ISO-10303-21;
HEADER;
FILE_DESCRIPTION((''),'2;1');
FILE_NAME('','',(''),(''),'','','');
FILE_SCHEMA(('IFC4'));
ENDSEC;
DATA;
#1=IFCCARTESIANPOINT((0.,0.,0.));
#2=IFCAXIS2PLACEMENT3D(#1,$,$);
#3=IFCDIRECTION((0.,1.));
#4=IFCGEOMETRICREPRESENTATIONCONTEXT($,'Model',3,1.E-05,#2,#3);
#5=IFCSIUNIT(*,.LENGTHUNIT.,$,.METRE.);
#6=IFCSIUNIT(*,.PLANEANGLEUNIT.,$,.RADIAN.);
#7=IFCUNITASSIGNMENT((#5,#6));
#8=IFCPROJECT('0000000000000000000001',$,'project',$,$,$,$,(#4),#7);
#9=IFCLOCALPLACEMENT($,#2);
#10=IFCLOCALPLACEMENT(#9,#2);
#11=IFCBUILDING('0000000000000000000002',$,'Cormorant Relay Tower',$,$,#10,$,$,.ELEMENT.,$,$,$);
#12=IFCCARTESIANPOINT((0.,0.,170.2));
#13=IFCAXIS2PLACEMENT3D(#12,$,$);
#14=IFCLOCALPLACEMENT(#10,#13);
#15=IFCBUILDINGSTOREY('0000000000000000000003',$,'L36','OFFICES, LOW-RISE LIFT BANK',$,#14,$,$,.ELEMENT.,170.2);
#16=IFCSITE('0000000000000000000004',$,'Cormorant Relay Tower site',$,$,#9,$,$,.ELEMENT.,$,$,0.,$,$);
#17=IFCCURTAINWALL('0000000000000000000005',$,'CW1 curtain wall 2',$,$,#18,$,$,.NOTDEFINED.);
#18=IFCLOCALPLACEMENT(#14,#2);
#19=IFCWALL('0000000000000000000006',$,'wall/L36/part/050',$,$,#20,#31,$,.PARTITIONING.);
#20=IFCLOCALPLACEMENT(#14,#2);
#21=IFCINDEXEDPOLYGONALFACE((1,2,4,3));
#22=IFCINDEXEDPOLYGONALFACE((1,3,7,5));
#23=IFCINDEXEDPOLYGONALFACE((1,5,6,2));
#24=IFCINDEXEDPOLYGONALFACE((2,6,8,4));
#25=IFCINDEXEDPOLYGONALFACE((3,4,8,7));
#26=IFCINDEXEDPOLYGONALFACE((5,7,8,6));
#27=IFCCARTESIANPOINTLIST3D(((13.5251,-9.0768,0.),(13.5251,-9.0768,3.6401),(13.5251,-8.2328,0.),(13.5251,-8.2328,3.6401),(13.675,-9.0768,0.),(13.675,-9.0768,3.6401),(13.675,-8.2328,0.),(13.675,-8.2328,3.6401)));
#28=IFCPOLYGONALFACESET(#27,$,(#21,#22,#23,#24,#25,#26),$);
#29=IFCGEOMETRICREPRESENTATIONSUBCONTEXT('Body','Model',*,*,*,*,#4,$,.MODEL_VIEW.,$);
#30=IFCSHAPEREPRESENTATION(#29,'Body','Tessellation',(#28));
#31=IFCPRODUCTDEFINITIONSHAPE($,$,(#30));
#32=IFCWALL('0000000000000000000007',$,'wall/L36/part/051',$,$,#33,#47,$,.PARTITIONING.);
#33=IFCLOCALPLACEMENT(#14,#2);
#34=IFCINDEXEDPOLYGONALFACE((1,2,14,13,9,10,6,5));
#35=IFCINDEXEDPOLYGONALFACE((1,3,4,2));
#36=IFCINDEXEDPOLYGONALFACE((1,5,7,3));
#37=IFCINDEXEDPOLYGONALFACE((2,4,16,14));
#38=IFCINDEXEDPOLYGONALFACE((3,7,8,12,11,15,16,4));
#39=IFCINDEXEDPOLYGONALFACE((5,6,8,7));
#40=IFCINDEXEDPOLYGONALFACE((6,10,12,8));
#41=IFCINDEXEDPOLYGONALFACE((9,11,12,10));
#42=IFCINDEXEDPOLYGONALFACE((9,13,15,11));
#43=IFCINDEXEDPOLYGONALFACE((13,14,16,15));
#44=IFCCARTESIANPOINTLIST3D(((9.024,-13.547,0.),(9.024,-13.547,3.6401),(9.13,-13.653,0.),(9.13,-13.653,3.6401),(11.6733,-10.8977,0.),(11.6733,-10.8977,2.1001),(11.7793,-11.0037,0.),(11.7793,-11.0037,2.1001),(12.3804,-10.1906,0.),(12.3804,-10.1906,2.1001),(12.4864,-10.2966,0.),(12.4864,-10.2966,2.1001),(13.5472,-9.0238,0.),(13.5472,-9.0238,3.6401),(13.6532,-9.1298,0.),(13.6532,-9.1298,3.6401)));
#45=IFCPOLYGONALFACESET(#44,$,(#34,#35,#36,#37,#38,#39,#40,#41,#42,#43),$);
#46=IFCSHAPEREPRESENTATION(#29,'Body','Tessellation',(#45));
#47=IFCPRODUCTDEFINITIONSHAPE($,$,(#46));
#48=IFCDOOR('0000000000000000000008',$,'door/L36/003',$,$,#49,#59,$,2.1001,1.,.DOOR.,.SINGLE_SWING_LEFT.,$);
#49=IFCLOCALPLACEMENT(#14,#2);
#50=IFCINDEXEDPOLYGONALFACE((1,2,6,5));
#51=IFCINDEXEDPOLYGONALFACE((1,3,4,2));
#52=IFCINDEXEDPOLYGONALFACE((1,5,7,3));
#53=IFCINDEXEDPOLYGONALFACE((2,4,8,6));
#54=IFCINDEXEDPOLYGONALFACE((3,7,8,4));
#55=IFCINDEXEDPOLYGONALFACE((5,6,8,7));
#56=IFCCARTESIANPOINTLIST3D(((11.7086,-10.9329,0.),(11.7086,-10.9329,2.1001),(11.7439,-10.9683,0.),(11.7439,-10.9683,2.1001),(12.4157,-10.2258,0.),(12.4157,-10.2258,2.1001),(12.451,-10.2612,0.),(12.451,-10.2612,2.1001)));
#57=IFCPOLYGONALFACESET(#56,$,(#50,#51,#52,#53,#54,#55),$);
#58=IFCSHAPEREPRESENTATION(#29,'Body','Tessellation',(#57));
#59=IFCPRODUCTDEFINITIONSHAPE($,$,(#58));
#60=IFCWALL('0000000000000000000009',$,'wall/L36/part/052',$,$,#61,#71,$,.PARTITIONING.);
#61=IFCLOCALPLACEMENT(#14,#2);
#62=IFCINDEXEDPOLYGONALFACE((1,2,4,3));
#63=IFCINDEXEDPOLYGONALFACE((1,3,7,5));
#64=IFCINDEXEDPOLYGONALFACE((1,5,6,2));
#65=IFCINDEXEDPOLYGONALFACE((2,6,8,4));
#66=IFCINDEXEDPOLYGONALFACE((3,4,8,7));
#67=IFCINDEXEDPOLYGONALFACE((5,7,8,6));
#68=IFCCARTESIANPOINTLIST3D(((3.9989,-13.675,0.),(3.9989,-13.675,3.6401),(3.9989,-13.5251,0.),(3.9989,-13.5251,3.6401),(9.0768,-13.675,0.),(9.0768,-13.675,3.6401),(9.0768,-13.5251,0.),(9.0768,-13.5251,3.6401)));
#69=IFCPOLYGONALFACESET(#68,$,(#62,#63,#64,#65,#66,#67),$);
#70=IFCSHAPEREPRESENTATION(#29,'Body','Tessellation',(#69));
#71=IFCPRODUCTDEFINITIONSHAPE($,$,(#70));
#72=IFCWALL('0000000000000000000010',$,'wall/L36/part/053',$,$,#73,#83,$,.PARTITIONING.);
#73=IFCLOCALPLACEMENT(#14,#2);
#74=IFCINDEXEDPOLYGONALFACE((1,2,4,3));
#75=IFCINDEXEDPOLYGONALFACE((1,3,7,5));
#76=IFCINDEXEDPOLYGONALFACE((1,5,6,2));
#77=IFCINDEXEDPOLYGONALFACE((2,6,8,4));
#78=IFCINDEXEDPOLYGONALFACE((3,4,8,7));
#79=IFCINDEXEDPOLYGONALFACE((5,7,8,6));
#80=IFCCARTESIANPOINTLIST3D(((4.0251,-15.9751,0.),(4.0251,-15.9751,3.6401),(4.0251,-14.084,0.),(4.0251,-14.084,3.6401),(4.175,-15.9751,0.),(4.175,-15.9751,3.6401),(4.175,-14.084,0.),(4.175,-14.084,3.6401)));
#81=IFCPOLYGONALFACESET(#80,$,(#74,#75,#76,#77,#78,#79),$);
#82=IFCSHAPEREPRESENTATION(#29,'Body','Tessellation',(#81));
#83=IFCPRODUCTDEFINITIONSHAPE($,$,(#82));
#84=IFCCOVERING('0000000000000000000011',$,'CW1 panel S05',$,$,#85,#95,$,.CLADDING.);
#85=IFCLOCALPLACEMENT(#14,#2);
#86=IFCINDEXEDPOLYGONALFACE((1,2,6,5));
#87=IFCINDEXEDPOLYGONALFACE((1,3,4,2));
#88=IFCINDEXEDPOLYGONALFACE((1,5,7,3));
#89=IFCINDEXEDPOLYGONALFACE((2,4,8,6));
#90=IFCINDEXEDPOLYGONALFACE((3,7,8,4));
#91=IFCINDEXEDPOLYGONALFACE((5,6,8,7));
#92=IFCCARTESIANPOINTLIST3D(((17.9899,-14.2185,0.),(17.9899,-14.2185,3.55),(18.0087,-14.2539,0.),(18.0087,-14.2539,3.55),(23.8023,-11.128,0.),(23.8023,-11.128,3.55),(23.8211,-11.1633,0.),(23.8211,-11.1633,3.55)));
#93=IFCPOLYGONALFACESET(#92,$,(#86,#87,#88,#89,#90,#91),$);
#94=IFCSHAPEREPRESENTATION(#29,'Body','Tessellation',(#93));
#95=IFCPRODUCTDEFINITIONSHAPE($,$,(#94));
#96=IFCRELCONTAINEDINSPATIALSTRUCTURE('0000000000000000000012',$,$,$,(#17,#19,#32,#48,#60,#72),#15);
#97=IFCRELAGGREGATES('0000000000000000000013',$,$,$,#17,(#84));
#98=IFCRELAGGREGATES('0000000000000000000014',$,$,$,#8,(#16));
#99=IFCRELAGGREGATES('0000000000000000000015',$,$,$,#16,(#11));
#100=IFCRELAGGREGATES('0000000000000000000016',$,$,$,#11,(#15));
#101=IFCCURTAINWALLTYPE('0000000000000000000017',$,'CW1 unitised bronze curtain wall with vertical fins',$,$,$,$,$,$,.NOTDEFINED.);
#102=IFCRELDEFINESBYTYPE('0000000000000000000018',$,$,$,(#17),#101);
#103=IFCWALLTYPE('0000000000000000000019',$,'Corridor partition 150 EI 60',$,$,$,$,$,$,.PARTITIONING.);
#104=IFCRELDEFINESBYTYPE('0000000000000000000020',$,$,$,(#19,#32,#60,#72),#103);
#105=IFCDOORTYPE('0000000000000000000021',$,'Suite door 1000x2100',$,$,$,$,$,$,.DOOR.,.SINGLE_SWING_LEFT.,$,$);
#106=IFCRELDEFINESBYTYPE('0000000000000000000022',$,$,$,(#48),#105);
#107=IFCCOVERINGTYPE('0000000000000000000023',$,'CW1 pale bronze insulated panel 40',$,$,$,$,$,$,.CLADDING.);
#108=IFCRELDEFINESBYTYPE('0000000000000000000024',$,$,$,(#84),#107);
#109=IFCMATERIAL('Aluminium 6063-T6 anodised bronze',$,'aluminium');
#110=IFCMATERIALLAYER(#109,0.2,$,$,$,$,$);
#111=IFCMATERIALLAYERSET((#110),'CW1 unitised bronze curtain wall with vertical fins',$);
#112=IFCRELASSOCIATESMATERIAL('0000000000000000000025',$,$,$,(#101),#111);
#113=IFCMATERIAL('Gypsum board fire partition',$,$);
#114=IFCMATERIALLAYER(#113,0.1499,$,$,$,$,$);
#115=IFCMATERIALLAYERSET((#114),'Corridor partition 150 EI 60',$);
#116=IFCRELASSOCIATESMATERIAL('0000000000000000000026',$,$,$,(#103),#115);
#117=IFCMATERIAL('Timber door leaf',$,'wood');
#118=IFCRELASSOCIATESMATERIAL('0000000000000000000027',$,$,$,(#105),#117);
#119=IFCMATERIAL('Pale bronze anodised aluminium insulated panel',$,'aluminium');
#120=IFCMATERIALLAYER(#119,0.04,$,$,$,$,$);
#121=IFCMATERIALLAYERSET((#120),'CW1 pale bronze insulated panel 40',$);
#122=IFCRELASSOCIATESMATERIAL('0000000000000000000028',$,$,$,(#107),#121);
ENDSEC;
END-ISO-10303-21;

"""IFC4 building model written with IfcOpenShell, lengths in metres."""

from ifc_helpers import new_model, si_unit, direction, frame, frame_2d, origin, origin_2d, place, context, subcontext, project, spatial, rectangle, extrude, material, layer, layer_set, type_object, element, fill, aggregate, save


model = new_model("IFC4")

# Units and contexts
model_context = context("Model", 3, precision=1e-05, world=origin(), true_north=direction((0.0, 1.0)))
body_context = subcontext(model_context, "Body", "Model", "MODEL_VIEW")
ifc_project = project(units=[si_unit("LENGTHUNIT", "METRE"), si_unit("PLANEANGLEUNIT", "RADIAN")], contexts=[model_context])

# Site, building, storey
site_placement = place(None, origin())
site = spatial("IfcSite", under=ifc_project, at=site_placement, Name="Cormorant Relay Tower site", CompositionType="ELEMENT", RefElevation=0.0)
building_placement = place(site_placement, origin())
building = spatial("IfcBuilding", under=site, at=building_placement, Name="Cormorant Relay Tower", CompositionType="ELEMENT")
storey_placement = place(building_placement, frame((0.0, 0.0, 170.2)))
storey = spatial("IfcBuildingStorey", under=building, at=storey_placement, Name="L36", Description="OFFICES, LOW-RISE LIFT BANK", CompositionType="ELEMENT", Elevation=170.2)

# Curtain wall
ifc_material_1 = material(Name="Aluminium 6063-T6 anodised bronze", Category="aluminium")
ifc_layer_1 = layer(ifc_material_1, 0.2)
ifc_layer_set_1 = layer_set([ifc_layer_1], Name="CW1 unitised bronze curtain wall with vertical fins")
curtain_wall_type = type_object("IfcCurtainWallType", Name="CW1 unitised bronze curtain wall with vertical fins", PredefinedType="NOTDEFINED", material=ifc_layer_set_1)
curtain_wall_placement = place(storey_placement, origin())
curtain_wall = element("IfcCurtainWall", 1, at=curtain_wall_placement, inside=storey, type_object=curtain_wall_type, Name="CW1 curtain wall 2", PredefinedType="NOTDEFINED")

# Wall
ifc_material_2 = material(Name="Gypsum board fire partition")
ifc_layer_2 = layer(ifc_material_2, 0.1499)
ifc_layer_set_2 = layer_set([ifc_layer_2], Name="Corridor partition 150 EI 60")
wall_type_1 = type_object("IfcWallType", Name="Corridor partition 150 EI 60", PredefinedType="PARTITIONING", material=ifc_layer_set_2)
wall_1_placement = place(storey_placement, frame((13.6001, -8.2329, 0.0), z_axis=(0.0, 0.0, 1.0), x_axis=(0.0, -1.0, 0.0)))
element("IfcWall", 2, at=wall_1_placement, inside=storey, type_object=wall_type_1, Name="wall/L36/part/050", PredefinedType="PARTITIONING", context=body_context, shape_type="SweptSolid", body=[
    extrude(rectangle(XDim=0.844, YDim=0.1499, at=frame_2d((0.4219, 0.0))), origin(), (0.0, 0.0, 1.0), 3.6401),
])

# Wall, opening, door
wall_2_placement = place(storey_placement, frame((13.6001, -9.0769, 0.0), z_axis=(0.0, 0.0, 1.0), x_axis=(-0.707107, -0.707107, 0.0)))
wall_2 = element("IfcWall", 3, at=wall_2_placement, inside=storey, type_object=wall_type_1, Name="wall/L36/part/051", PredefinedType="PARTITIONING", context=body_context, shape_type="SweptSolid", body=[
    extrude(rectangle(XDim=6.3967, YDim=0.1499, at=frame_2d((3.1982, 0.0))), origin(), (0.0, 0.0, 1.0), 3.6401),
])
opening_1_placement = place(wall_2_placement, frame((1.6499, 0.0, 0.0)))
opening_1 = element("IfcOpeningElement", 4, at=opening_1_placement, cuts=wall_2, PredefinedType="OPENING", context=body_context, shape_type="SweptSolid", body=[
    extrude(rectangle(XDim=1.0, YDim=2.1001, at=frame_2d((0.5, 1.05))), frame((0.0, 0.085, 0.0), z_axis=(0.0, -1.0, 0.0), x_axis=(1.0, 0.0, 0.0)), (0.0, 0.0, 1.0), 0.1699),
])
ifc_material_3 = material(Name="Timber door leaf", Category="wood")
door_type_1 = type_object("IfcDoorType", Name="Suite door 1000x2100", OperationType="SINGLE_SWING_LEFT", PredefinedType="DOOR", material=ifc_material_3)
door_1_placement = place(opening_1_placement, origin())
door_1 = element("IfcDoor", 5, at=door_1_placement, inside=storey, type_object=door_type_1, Name="door/L36/003", OperationType="SINGLE_SWING_LEFT", OverallHeight=2.1001, OverallWidth=1.0, PredefinedType="DOOR", context=body_context, shape_type="SweptSolid", body=[
    extrude(rectangle(XDim=1.0, YDim=2.1001, at=frame_2d((0.5, 1.05))), frame((0.0, 0.0249, 0.0), z_axis=(0.0, -1.0, 0.0), x_axis=(1.0, 0.0, 0.0)), (0.0, 0.0, 1.0), 0.05),
])
fill(opening_1, door_1)

# Walls
wall_3_placement = place(storey_placement, frame((9.0769, -13.6001, 0.0), z_axis=(0.0, 0.0, 1.0), x_axis=(-1.0, 0.0, 0.0)))
element("IfcWall", 6, at=wall_3_placement, inside=storey, type_object=wall_type_1, Name="wall/L36/part/052", PredefinedType="PARTITIONING", context=body_context, shape_type="SweptSolid", body=[
    extrude(rectangle(XDim=5.0779, YDim=0.1499, at=frame_2d((2.5391, 0.0))), origin(), (0.0, 0.0, 1.0), 3.6401),
])
wall_4_placement = place(storey_placement, frame((4.1001, -14.084, 0.0), z_axis=(0.0, 0.0, 1.0), x_axis=(0.0, -1.0, 0.0)))
element("IfcWall", 7, at=wall_4_placement, inside=storey, type_object=wall_type_1, Name="wall/L36/part/053", PredefinedType="PARTITIONING", context=body_context, shape_type="SweptSolid", body=[
    extrude(rectangle(XDim=1.8911, YDim=0.1499, at=frame_2d((0.9456, 0.0))), origin(), (0.0, 0.0, 1.0), 3.6401),
])

# Covering
ifc_material_4 = material(Name="Pale bronze anodised aluminium insulated panel", Category="aluminium")
ifc_layer_3 = layer(ifc_material_4, 0.04)
ifc_layer_set_3 = layer_set([ifc_layer_3], Name="CW1 pale bronze insulated panel 40")
covering_type = type_object("IfcCoveringType", Name="CW1 pale bronze insulated panel 40", PredefinedType="CLADDING", material=ifc_layer_set_3)
covering_placement = place(storey_placement, frame((20.9055, -12.6909, 0.0), z_axis=(0.0, 0.0, 1.0), x_axis=(0.882948, 0.469472, 0.0)))
covering = element("IfcCovering", 8, at=covering_placement, type_object=covering_type, Name="CW1 panel S05", PredefinedType="CLADDING", context=body_context, shape_type="SweptSolid", body=[
    extrude(rectangle(XDim=6.583, YDim=0.04, at=origin_2d()), origin(), (0.0, 0.0, 1.0), 3.55),
])
aggregate(curtain_wall, [covering])

save(model, "model.ifc")
